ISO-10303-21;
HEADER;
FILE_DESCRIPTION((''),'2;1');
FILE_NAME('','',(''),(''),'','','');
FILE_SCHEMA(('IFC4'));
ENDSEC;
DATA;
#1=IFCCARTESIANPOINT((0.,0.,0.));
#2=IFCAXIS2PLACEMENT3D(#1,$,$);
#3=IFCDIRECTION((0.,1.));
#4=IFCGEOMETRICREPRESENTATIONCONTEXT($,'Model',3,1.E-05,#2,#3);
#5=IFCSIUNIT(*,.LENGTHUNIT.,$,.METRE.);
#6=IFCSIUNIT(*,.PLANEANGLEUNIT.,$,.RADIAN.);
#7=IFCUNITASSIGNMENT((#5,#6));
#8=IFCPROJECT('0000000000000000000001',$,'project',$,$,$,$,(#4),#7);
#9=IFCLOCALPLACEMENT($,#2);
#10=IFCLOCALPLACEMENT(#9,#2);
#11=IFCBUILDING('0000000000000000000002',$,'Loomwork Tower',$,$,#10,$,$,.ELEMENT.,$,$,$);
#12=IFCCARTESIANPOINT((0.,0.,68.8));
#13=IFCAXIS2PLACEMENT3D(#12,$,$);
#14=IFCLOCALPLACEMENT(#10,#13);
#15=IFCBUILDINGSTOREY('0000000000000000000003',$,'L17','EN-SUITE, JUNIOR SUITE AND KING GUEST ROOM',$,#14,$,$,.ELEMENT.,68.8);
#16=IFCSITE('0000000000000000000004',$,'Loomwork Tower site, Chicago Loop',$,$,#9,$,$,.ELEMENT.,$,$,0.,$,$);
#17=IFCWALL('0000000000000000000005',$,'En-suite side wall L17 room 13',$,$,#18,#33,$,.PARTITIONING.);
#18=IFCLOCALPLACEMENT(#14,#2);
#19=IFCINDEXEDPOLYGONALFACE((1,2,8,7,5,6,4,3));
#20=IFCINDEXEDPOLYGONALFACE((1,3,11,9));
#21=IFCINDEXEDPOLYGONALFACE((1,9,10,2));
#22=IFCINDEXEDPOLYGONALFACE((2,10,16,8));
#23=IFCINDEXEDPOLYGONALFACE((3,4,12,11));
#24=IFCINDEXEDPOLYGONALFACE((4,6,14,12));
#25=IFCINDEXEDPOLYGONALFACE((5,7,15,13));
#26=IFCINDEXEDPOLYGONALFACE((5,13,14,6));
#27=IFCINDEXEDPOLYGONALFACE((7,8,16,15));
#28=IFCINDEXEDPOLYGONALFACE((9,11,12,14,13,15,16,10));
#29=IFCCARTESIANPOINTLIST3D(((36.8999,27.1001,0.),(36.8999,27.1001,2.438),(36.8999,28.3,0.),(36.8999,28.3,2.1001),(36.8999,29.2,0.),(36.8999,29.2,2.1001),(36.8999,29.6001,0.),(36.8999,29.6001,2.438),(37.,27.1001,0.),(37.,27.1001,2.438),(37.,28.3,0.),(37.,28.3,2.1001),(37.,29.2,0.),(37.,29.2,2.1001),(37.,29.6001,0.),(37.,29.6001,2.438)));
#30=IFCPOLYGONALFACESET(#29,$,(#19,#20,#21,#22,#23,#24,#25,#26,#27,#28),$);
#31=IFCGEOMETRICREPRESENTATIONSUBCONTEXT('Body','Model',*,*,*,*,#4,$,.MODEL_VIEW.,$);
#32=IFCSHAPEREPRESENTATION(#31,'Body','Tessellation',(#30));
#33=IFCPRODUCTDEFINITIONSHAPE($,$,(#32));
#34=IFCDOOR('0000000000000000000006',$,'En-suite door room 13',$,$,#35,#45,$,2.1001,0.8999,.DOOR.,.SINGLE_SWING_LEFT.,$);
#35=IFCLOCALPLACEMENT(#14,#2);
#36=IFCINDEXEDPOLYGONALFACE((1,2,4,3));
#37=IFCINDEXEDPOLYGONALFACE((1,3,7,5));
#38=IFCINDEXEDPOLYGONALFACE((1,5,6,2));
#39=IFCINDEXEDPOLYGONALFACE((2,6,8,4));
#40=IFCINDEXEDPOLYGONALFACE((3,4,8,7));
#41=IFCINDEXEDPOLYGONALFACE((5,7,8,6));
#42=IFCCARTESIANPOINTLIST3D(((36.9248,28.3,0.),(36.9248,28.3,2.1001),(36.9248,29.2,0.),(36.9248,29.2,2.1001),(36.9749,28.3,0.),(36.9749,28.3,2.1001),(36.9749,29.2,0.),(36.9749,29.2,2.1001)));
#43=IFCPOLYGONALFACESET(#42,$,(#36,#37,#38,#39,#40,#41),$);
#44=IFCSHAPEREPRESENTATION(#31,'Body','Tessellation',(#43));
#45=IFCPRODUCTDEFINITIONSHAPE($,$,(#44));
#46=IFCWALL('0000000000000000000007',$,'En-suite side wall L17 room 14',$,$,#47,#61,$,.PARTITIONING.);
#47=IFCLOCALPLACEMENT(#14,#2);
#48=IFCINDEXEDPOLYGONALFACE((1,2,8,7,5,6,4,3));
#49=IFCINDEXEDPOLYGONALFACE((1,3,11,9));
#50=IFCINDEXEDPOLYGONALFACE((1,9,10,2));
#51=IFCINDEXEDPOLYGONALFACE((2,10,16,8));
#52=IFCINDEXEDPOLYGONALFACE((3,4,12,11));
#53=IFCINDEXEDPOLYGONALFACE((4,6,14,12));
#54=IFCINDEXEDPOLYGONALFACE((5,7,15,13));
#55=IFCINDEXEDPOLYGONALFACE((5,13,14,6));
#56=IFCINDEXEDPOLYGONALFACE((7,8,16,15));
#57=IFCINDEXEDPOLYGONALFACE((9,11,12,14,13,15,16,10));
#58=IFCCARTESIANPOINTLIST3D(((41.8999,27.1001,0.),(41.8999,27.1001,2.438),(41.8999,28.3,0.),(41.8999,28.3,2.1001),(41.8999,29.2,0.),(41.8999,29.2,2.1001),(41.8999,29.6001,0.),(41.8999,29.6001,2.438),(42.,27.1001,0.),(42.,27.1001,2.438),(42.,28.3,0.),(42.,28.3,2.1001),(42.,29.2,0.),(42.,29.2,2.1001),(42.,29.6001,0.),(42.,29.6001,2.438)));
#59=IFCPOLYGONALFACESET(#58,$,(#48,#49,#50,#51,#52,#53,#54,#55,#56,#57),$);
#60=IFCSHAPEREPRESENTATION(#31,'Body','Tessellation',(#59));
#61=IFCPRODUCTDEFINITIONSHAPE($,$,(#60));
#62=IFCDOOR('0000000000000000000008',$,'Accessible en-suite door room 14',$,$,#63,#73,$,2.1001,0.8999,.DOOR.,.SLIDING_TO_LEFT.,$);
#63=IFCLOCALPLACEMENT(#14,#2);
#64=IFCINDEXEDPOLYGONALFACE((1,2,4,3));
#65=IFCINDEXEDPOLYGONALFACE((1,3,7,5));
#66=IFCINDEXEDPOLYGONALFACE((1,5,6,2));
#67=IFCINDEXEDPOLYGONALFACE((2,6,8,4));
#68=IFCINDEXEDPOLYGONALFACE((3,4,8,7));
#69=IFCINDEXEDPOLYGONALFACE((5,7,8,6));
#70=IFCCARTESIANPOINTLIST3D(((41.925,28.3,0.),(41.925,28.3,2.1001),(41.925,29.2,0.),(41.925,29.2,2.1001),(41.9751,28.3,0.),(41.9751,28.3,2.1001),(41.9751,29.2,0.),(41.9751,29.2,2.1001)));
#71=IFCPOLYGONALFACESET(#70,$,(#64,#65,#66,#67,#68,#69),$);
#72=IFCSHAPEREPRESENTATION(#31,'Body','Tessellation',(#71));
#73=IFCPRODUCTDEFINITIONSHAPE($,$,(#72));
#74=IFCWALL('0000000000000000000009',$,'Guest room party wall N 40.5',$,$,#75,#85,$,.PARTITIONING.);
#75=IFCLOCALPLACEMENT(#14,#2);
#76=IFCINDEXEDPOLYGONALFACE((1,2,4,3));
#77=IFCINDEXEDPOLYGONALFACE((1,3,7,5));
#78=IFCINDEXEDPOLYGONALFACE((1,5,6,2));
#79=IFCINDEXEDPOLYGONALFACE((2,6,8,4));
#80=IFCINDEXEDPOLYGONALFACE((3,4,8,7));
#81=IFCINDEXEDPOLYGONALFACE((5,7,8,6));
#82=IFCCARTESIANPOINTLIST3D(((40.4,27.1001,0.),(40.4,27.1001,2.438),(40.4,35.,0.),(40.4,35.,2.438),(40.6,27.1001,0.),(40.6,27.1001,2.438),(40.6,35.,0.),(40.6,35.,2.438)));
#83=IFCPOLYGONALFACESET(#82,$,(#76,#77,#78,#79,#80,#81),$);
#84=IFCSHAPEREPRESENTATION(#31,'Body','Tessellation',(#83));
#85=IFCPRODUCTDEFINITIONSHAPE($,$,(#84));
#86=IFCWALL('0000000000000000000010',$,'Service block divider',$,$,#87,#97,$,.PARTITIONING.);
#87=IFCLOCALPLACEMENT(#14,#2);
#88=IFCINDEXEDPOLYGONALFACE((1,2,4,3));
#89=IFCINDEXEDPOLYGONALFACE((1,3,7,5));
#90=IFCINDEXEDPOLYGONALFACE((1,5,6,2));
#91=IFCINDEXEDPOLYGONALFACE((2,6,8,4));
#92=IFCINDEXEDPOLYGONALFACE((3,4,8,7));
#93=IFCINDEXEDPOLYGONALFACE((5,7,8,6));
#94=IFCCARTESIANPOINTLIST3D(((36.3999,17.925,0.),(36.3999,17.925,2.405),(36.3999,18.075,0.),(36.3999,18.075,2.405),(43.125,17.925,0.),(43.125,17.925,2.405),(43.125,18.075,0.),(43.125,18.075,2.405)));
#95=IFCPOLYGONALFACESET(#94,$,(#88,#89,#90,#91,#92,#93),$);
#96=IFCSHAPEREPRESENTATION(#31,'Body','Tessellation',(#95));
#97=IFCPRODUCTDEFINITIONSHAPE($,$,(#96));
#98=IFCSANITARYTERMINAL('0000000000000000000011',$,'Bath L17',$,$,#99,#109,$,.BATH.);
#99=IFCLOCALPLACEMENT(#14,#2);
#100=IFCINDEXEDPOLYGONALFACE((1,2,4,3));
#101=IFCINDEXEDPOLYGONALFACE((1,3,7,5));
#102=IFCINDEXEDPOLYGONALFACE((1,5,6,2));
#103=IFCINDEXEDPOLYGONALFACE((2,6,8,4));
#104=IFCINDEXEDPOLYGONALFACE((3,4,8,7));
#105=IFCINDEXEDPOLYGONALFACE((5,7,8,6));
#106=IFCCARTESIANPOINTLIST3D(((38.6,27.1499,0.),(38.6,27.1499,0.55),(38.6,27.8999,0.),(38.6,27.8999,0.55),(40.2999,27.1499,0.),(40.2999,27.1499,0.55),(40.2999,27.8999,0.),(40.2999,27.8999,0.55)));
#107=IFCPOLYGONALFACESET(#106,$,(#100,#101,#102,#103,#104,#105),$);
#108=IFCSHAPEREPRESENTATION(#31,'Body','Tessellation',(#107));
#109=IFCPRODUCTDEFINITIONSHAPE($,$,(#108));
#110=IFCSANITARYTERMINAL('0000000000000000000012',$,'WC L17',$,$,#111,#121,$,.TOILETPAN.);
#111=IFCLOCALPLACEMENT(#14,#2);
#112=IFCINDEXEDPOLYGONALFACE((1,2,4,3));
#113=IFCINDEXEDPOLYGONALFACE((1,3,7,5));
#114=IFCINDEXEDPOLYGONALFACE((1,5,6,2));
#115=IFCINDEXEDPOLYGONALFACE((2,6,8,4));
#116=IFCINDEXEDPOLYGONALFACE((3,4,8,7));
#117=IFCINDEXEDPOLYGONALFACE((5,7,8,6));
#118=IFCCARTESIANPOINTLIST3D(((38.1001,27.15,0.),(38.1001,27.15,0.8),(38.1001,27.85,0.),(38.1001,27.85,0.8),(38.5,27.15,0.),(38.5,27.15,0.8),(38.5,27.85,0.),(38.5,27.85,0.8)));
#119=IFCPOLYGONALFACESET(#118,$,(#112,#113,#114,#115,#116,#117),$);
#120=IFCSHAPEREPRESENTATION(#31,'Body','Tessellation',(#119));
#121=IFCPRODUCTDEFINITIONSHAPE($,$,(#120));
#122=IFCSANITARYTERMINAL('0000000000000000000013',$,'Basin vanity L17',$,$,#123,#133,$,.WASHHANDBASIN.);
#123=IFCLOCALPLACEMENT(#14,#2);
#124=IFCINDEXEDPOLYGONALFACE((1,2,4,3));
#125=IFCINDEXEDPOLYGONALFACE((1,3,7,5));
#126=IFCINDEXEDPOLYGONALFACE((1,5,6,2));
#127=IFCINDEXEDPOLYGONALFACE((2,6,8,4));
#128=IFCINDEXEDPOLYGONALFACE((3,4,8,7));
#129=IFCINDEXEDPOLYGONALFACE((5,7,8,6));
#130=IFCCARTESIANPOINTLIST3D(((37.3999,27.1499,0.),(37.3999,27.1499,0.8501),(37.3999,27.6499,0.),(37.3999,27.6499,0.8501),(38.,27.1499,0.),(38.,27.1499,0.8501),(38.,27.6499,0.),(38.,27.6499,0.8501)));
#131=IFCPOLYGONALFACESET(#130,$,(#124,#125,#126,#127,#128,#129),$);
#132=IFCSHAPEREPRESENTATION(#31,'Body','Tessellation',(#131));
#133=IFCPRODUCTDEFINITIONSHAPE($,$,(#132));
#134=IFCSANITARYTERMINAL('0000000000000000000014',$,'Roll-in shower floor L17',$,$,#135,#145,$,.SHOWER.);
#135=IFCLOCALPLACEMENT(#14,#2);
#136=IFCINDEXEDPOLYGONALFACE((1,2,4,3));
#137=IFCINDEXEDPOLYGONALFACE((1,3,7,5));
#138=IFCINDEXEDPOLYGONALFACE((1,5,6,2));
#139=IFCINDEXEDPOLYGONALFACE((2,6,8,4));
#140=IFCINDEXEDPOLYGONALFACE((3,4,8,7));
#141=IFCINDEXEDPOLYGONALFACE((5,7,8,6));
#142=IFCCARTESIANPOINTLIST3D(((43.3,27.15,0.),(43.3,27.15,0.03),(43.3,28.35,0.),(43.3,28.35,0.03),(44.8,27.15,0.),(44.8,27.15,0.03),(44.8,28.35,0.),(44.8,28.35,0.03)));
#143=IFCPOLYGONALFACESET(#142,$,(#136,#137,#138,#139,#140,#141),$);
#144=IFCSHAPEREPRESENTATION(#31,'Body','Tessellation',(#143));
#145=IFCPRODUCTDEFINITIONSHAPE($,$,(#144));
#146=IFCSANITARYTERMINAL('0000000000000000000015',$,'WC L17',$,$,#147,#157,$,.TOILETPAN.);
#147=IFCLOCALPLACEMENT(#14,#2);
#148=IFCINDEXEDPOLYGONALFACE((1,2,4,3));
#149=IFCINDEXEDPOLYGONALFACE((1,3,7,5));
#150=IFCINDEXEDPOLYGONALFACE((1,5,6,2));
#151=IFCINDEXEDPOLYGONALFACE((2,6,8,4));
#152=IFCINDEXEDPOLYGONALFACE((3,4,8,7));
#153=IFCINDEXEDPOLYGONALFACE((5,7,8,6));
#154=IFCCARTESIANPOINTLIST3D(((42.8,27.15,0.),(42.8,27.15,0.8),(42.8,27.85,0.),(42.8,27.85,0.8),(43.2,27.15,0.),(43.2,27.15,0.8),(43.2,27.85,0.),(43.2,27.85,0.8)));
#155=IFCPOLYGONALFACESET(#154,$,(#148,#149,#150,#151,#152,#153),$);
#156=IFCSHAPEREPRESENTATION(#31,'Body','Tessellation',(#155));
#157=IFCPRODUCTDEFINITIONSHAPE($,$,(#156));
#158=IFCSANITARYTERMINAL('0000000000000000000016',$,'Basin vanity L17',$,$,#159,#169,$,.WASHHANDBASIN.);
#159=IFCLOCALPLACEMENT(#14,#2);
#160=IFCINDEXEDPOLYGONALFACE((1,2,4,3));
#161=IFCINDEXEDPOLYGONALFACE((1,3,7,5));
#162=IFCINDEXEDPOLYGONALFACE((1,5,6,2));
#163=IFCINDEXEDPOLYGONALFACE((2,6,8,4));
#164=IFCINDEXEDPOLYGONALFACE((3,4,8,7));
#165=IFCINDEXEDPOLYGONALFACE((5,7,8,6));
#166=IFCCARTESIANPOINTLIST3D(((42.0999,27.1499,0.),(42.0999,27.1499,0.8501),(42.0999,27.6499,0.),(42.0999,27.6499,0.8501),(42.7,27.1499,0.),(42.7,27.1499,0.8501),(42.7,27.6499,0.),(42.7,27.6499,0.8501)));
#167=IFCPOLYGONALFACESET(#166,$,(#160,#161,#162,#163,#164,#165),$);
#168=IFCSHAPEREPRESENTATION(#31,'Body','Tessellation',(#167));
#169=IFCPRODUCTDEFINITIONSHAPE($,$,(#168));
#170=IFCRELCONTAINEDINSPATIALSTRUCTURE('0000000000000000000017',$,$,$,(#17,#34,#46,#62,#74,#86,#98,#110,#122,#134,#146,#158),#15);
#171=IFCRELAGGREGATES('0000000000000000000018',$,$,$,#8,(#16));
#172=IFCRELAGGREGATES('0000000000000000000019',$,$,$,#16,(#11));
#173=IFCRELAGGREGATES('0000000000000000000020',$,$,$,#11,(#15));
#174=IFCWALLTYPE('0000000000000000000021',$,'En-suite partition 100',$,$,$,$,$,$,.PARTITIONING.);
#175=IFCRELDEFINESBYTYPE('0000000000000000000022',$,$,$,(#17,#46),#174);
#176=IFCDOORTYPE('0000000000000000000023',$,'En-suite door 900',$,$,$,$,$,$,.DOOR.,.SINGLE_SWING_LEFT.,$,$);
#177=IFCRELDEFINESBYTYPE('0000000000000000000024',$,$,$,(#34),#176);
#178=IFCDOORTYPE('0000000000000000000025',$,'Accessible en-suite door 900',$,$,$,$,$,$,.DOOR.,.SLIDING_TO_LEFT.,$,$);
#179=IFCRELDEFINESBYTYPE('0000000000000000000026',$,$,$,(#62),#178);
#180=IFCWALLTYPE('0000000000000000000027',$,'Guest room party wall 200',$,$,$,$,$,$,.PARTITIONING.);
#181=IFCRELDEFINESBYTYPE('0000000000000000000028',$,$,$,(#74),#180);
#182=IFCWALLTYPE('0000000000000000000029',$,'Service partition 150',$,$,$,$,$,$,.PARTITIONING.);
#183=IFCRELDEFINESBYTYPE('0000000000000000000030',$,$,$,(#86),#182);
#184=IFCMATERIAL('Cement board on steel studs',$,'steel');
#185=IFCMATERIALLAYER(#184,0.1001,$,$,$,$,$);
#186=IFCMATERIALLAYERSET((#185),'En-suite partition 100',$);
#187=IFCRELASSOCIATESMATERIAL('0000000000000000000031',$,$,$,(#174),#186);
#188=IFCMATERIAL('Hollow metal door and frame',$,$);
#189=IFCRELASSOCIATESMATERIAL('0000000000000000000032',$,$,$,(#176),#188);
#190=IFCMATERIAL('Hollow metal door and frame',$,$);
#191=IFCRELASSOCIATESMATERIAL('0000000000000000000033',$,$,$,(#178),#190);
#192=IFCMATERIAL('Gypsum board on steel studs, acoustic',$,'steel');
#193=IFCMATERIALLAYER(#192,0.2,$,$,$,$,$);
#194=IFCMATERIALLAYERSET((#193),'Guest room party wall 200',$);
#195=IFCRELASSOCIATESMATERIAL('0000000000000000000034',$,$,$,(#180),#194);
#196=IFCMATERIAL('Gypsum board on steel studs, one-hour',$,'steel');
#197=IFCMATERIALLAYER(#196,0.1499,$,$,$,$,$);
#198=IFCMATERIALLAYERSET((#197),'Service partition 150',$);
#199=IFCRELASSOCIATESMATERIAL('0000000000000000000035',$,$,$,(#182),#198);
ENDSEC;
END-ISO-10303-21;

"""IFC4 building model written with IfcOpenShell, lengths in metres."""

from ifc_helpers import new_model, si_unit, direction, frame, frame_2d, origin, origin_2d, place, context, subcontext, project, spatial, rectangle, extrude, material, layer, layer_set, type_object, element, fill, save


model = new_model("IFC4")

# Units and contexts
model_context = context("Model", 3, precision=1e-05, world=origin(), true_north=direction((0.0, 1.0)))
body_context = subcontext(model_context, "Body", "Model", "MODEL_VIEW")
ifc_project = project(units=[si_unit("LENGTHUNIT", "METRE"), si_unit("PLANEANGLEUNIT", "RADIAN")], contexts=[model_context])

# Site, building, storey
site_placement = place(None, origin())
site = spatial("IfcSite", under=ifc_project, at=site_placement, Name="Loomwork Tower site, Chicago Loop", CompositionType="ELEMENT", RefElevation=0.0)
building_placement = place(site_placement, origin())
building = spatial("IfcBuilding", under=site, at=building_placement, Name="Loomwork Tower", CompositionType="ELEMENT")
storey_placement = place(building_placement, frame((0.0, 0.0, 68.8)))
storey = spatial("IfcBuildingStorey", under=building, at=storey_placement, Name="L17", Description="EN-SUITE, JUNIOR SUITE AND KING GUEST ROOM", CompositionType="ELEMENT", Elevation=68.8)

# Shared definitions
ifc_material_1 = material(Name="Cement board on steel studs", Category="steel")
ifc_layer_1 = layer(ifc_material_1, 0.1001)
ifc_layer_set_1 = layer_set([ifc_layer_1], Name="En-suite partition 100")
wall_type_1 = type_object("IfcWallType", Name="En-suite partition 100", PredefinedType="PARTITIONING", material=ifc_layer_set_1)

# Walls, openings, doors
wall_1_placement = place(storey_placement, frame((36.95, 27.1001, 0.0), z_axis=(0.0, 0.0, 1.0), x_axis=(0.0, 1.0, 0.0)))
wall_1 = element("IfcWall", 1, at=wall_1_placement, inside=storey, type_object=wall_type_1, Name="En-suite side wall L17 room 13", PredefinedType="PARTITIONING", context=body_context, shape_type="SweptSolid", body=[
    extrude(rectangle(XDim=2.5, YDim=0.1001, at=frame_2d((1.25, 0.0))), origin(), (0.0, 0.0, 1.0), 2.438),
])
opening_1_placement = place(wall_1_placement, frame((1.2, 0.0, 0.0)))
opening_1 = element("IfcOpeningElement", 2, at=opening_1_placement, cuts=wall_1, PredefinedType="OPENING", context=body_context, shape_type="SweptSolid", body=[
    extrude(rectangle(XDim=0.8999, YDim=2.1001, at=frame_2d((0.45, 1.05))), frame((0.0, 0.0601, 0.0), z_axis=(0.0, -1.0, 0.0), x_axis=(1.0, 0.0, 0.0)), (0.0, 0.0, 1.0), 0.1201),
])
ifc_material_2 = material(Name="Hollow metal door and frame")
door_type_1 = type_object("IfcDoorType", Name="En-suite door 900", OperationType="SINGLE_SWING_LEFT", PredefinedType="DOOR", material=ifc_material_2)
door_1_placement = place(opening_1_placement, frame((0.8999, 0.0, 0.0), z_axis=(0.0, 0.0, 1.0), x_axis=(-1.0, 0.0, 0.0)))
door_1 = element("IfcDoor", 3, at=door_1_placement, inside=storey, type_object=door_type_1, Name="En-suite door room 13", OperationType="SINGLE_SWING_LEFT", OverallHeight=2.1001, OverallWidth=0.8999, PredefinedType="DOOR", context=body_context, shape_type="SweptSolid", body=[
    extrude(rectangle(XDim=0.8999, YDim=2.1001, at=frame_2d((0.45, 1.05))), frame((0.0, 0.0249, 0.0), z_axis=(0.0, -1.0, 0.0), x_axis=(1.0, 0.0, 0.0)), (0.0, 0.0, 1.0), 0.05),
])
fill(opening_1, door_1)
wall_2_placement = place(storey_placement, frame((41.95, 27.1001, 0.0), z_axis=(0.0, 0.0, 1.0), x_axis=(0.0, 1.0, 0.0)))
wall_2 = element("IfcWall", 4, at=wall_2_placement, inside=storey, type_object=wall_type_1, Name="En-suite side wall L17 room 14", PredefinedType="PARTITIONING", context=body_context, shape_type="SweptSolid", body=[
    extrude(rectangle(XDim=2.5, YDim=0.1001, at=frame_2d((1.25, 0.0))), origin(), (0.0, 0.0, 1.0), 2.438),
])
opening_2_placement = place(wall_2_placement, frame((1.2, 0.0, 0.0)))
opening_2 = element("IfcOpeningElement", 5, at=opening_2_placement, cuts=wall_2, PredefinedType="OPENING", context=body_context, shape_type="SweptSolid", body=[
    extrude(rectangle(XDim=0.8999, YDim=2.1001, at=frame_2d((0.45, 1.05))), frame((0.0, 0.0601, 0.0), z_axis=(0.0, -1.0, 0.0), x_axis=(1.0, 0.0, 0.0)), (0.0, 0.0, 1.0), 0.1201),
])
ifc_material_3 = material(Name="Hollow metal door and frame")
door_type_2 = type_object("IfcDoorType", Name="Accessible en-suite door 900", OperationType="SLIDING_TO_LEFT", PredefinedType="DOOR", material=ifc_material_3)
door_2_placement = place(opening_2_placement, origin())
door_2 = element("IfcDoor", 6, at=door_2_placement, inside=storey, type_object=door_type_2, Name="Accessible en-suite door room 14", OperationType="SLIDING_TO_LEFT", OverallHeight=2.1001, OverallWidth=0.8999, PredefinedType="DOOR", context=body_context, shape_type="SweptSolid", body=[
    extrude(rectangle(XDim=0.8999, YDim=2.1001, at=frame_2d((0.45, 1.05))), frame((0.0, 0.0249, 0.0), z_axis=(0.0, -1.0, 0.0), x_axis=(1.0, 0.0, 0.0)), (0.0, 0.0, 1.0), 0.05),
])
fill(opening_2, door_2)

# Walls
ifc_material_4 = material(Name="Gypsum board on steel studs, acoustic", Category="steel")
ifc_layer_2 = layer(ifc_material_4, 0.2)
ifc_layer_set_2 = layer_set([ifc_layer_2], Name="Guest room party wall 200")
wall_type_2 = type_object("IfcWallType", Name="Guest room party wall 200", PredefinedType="PARTITIONING", material=ifc_layer_set_2)
wall_3_placement = place(storey_placement, frame((40.5, 27.1001, 0.0), z_axis=(0.0, 0.0, 1.0), x_axis=(0.0, 1.0, 0.0)))
element("IfcWall", 7, at=wall_3_placement, inside=storey, type_object=wall_type_2, Name="Guest room party wall N 40.5", PredefinedType="PARTITIONING", context=body_context, shape_type="SweptSolid", body=[
    extrude(rectangle(XDim=7.8999, YDim=0.2, at=frame_2d((3.95, 0.0))), origin(), (0.0, 0.0, 1.0), 2.438),
])
ifc_material_5 = material(Name="Gypsum board on steel studs, one-hour", Category="steel")
ifc_layer_3 = layer(ifc_material_5, 0.1499)
ifc_layer_set_3 = layer_set([ifc_layer_3], Name="Service partition 150")
wall_type_3 = type_object("IfcWallType", Name="Service partition 150", PredefinedType="PARTITIONING", material=ifc_layer_set_3)
wall_4_placement = place(storey_placement, frame((36.3999, 18.0, 0.0), z_axis=(0.0, 0.0, 1.0), x_axis=(1.0, 0.0, 0.0)))
element("IfcWall", 8, at=wall_4_placement, inside=storey, type_object=wall_type_3, Name="Service block divider", PredefinedType="PARTITIONING", context=body_context, shape_type="SweptSolid", body=[
    extrude(rectangle(XDim=6.7251, YDim=0.1499, at=frame_2d((3.3625, 0.0))), origin(), (0.0, 0.0, 1.0), 2.405),
])

# Sanitary terminals
sanitary_terminal_1_placement = place(storey_placement, frame((39.45, 27.5249, 0.0), z_axis=(0.0, 0.0, 1.0), x_axis=(1.0, 0.0, 0.0)))
element("IfcSanitaryTerminal", 9, at=sanitary_terminal_1_placement, inside=storey, Name="Bath L17", PredefinedType="BATH", context=body_context, shape_type="SweptSolid", body=[
    extrude(rectangle(XDim=1.7, YDim=0.75, at=origin_2d()), origin(), (0.0, 0.0, 1.0), 0.55),
])
sanitary_terminal_2_placement = place(storey_placement, frame((38.3, 27.5, 0.0), z_axis=(0.0, 0.0, 1.0), x_axis=(1.0, 0.0, 0.0)))
element("IfcSanitaryTerminal", 10, at=sanitary_terminal_2_placement, inside=storey, Name="WC L17", PredefinedType="TOILETPAN", context=body_context, shape_type="SweptSolid", body=[
    extrude(rectangle(XDim=0.3999, YDim=0.7, at=origin_2d()), origin(), (0.0, 0.0, 1.0), 0.8),
])
sanitary_terminal_3_placement = place(storey_placement, frame((37.7, 27.3999, 0.0), z_axis=(0.0, 0.0, 1.0), x_axis=(1.0, 0.0, 0.0)))
element("IfcSanitaryTerminal", 11, at=sanitary_terminal_3_placement, inside=storey, Name="Basin vanity L17", PredefinedType="WASHHANDBASIN", context=body_context, shape_type="SweptSolid", body=[
    extrude(rectangle(XDim=0.6001, YDim=0.5, at=origin_2d()), origin(), (0.0, 0.0, 1.0), 0.8501),
])
sanitary_terminal_4_placement = place(storey_placement, frame((44.05, 27.75, 0.0), z_axis=(0.0, 0.0, 1.0), x_axis=(1.0, 0.0, 0.0)))
element("IfcSanitaryTerminal", 12, at=sanitary_terminal_4_placement, inside=storey, Name="Roll-in shower floor L17", PredefinedType="SHOWER", context=body_context, shape_type="SweptSolid", body=[
    extrude(rectangle(XDim=1.5, YDim=1.2, at=origin_2d()), origin(), (0.0, 0.0, 1.0), 0.03),
])
sanitary_terminal_5_placement = place(storey_placement, frame((43.0, 27.5, 0.0), z_axis=(0.0, 0.0, 1.0), x_axis=(1.0, 0.0, 0.0)))
element("IfcSanitaryTerminal", 13, at=sanitary_terminal_5_placement, inside=storey, Name="WC L17", PredefinedType="TOILETPAN", context=body_context, shape_type="SweptSolid", body=[
    extrude(rectangle(XDim=0.3999, YDim=0.7, at=origin_2d()), origin(), (0.0, 0.0, 1.0), 0.8),
])
sanitary_terminal_6_placement = place(storey_placement, frame((42.3999, 27.3999, 0.0), z_axis=(0.0, 0.0, 1.0), x_axis=(1.0, 0.0, 0.0)))
element("IfcSanitaryTerminal", 14, at=sanitary_terminal_6_placement, inside=storey, Name="Basin vanity L17", PredefinedType="WASHHANDBASIN", context=body_context, shape_type="SweptSolid", body=[
    extrude(rectangle(XDim=0.6001, YDim=0.5, at=origin_2d()), origin(), (0.0, 0.0, 1.0), 0.8501),
])

save(model, "model.ifc")
